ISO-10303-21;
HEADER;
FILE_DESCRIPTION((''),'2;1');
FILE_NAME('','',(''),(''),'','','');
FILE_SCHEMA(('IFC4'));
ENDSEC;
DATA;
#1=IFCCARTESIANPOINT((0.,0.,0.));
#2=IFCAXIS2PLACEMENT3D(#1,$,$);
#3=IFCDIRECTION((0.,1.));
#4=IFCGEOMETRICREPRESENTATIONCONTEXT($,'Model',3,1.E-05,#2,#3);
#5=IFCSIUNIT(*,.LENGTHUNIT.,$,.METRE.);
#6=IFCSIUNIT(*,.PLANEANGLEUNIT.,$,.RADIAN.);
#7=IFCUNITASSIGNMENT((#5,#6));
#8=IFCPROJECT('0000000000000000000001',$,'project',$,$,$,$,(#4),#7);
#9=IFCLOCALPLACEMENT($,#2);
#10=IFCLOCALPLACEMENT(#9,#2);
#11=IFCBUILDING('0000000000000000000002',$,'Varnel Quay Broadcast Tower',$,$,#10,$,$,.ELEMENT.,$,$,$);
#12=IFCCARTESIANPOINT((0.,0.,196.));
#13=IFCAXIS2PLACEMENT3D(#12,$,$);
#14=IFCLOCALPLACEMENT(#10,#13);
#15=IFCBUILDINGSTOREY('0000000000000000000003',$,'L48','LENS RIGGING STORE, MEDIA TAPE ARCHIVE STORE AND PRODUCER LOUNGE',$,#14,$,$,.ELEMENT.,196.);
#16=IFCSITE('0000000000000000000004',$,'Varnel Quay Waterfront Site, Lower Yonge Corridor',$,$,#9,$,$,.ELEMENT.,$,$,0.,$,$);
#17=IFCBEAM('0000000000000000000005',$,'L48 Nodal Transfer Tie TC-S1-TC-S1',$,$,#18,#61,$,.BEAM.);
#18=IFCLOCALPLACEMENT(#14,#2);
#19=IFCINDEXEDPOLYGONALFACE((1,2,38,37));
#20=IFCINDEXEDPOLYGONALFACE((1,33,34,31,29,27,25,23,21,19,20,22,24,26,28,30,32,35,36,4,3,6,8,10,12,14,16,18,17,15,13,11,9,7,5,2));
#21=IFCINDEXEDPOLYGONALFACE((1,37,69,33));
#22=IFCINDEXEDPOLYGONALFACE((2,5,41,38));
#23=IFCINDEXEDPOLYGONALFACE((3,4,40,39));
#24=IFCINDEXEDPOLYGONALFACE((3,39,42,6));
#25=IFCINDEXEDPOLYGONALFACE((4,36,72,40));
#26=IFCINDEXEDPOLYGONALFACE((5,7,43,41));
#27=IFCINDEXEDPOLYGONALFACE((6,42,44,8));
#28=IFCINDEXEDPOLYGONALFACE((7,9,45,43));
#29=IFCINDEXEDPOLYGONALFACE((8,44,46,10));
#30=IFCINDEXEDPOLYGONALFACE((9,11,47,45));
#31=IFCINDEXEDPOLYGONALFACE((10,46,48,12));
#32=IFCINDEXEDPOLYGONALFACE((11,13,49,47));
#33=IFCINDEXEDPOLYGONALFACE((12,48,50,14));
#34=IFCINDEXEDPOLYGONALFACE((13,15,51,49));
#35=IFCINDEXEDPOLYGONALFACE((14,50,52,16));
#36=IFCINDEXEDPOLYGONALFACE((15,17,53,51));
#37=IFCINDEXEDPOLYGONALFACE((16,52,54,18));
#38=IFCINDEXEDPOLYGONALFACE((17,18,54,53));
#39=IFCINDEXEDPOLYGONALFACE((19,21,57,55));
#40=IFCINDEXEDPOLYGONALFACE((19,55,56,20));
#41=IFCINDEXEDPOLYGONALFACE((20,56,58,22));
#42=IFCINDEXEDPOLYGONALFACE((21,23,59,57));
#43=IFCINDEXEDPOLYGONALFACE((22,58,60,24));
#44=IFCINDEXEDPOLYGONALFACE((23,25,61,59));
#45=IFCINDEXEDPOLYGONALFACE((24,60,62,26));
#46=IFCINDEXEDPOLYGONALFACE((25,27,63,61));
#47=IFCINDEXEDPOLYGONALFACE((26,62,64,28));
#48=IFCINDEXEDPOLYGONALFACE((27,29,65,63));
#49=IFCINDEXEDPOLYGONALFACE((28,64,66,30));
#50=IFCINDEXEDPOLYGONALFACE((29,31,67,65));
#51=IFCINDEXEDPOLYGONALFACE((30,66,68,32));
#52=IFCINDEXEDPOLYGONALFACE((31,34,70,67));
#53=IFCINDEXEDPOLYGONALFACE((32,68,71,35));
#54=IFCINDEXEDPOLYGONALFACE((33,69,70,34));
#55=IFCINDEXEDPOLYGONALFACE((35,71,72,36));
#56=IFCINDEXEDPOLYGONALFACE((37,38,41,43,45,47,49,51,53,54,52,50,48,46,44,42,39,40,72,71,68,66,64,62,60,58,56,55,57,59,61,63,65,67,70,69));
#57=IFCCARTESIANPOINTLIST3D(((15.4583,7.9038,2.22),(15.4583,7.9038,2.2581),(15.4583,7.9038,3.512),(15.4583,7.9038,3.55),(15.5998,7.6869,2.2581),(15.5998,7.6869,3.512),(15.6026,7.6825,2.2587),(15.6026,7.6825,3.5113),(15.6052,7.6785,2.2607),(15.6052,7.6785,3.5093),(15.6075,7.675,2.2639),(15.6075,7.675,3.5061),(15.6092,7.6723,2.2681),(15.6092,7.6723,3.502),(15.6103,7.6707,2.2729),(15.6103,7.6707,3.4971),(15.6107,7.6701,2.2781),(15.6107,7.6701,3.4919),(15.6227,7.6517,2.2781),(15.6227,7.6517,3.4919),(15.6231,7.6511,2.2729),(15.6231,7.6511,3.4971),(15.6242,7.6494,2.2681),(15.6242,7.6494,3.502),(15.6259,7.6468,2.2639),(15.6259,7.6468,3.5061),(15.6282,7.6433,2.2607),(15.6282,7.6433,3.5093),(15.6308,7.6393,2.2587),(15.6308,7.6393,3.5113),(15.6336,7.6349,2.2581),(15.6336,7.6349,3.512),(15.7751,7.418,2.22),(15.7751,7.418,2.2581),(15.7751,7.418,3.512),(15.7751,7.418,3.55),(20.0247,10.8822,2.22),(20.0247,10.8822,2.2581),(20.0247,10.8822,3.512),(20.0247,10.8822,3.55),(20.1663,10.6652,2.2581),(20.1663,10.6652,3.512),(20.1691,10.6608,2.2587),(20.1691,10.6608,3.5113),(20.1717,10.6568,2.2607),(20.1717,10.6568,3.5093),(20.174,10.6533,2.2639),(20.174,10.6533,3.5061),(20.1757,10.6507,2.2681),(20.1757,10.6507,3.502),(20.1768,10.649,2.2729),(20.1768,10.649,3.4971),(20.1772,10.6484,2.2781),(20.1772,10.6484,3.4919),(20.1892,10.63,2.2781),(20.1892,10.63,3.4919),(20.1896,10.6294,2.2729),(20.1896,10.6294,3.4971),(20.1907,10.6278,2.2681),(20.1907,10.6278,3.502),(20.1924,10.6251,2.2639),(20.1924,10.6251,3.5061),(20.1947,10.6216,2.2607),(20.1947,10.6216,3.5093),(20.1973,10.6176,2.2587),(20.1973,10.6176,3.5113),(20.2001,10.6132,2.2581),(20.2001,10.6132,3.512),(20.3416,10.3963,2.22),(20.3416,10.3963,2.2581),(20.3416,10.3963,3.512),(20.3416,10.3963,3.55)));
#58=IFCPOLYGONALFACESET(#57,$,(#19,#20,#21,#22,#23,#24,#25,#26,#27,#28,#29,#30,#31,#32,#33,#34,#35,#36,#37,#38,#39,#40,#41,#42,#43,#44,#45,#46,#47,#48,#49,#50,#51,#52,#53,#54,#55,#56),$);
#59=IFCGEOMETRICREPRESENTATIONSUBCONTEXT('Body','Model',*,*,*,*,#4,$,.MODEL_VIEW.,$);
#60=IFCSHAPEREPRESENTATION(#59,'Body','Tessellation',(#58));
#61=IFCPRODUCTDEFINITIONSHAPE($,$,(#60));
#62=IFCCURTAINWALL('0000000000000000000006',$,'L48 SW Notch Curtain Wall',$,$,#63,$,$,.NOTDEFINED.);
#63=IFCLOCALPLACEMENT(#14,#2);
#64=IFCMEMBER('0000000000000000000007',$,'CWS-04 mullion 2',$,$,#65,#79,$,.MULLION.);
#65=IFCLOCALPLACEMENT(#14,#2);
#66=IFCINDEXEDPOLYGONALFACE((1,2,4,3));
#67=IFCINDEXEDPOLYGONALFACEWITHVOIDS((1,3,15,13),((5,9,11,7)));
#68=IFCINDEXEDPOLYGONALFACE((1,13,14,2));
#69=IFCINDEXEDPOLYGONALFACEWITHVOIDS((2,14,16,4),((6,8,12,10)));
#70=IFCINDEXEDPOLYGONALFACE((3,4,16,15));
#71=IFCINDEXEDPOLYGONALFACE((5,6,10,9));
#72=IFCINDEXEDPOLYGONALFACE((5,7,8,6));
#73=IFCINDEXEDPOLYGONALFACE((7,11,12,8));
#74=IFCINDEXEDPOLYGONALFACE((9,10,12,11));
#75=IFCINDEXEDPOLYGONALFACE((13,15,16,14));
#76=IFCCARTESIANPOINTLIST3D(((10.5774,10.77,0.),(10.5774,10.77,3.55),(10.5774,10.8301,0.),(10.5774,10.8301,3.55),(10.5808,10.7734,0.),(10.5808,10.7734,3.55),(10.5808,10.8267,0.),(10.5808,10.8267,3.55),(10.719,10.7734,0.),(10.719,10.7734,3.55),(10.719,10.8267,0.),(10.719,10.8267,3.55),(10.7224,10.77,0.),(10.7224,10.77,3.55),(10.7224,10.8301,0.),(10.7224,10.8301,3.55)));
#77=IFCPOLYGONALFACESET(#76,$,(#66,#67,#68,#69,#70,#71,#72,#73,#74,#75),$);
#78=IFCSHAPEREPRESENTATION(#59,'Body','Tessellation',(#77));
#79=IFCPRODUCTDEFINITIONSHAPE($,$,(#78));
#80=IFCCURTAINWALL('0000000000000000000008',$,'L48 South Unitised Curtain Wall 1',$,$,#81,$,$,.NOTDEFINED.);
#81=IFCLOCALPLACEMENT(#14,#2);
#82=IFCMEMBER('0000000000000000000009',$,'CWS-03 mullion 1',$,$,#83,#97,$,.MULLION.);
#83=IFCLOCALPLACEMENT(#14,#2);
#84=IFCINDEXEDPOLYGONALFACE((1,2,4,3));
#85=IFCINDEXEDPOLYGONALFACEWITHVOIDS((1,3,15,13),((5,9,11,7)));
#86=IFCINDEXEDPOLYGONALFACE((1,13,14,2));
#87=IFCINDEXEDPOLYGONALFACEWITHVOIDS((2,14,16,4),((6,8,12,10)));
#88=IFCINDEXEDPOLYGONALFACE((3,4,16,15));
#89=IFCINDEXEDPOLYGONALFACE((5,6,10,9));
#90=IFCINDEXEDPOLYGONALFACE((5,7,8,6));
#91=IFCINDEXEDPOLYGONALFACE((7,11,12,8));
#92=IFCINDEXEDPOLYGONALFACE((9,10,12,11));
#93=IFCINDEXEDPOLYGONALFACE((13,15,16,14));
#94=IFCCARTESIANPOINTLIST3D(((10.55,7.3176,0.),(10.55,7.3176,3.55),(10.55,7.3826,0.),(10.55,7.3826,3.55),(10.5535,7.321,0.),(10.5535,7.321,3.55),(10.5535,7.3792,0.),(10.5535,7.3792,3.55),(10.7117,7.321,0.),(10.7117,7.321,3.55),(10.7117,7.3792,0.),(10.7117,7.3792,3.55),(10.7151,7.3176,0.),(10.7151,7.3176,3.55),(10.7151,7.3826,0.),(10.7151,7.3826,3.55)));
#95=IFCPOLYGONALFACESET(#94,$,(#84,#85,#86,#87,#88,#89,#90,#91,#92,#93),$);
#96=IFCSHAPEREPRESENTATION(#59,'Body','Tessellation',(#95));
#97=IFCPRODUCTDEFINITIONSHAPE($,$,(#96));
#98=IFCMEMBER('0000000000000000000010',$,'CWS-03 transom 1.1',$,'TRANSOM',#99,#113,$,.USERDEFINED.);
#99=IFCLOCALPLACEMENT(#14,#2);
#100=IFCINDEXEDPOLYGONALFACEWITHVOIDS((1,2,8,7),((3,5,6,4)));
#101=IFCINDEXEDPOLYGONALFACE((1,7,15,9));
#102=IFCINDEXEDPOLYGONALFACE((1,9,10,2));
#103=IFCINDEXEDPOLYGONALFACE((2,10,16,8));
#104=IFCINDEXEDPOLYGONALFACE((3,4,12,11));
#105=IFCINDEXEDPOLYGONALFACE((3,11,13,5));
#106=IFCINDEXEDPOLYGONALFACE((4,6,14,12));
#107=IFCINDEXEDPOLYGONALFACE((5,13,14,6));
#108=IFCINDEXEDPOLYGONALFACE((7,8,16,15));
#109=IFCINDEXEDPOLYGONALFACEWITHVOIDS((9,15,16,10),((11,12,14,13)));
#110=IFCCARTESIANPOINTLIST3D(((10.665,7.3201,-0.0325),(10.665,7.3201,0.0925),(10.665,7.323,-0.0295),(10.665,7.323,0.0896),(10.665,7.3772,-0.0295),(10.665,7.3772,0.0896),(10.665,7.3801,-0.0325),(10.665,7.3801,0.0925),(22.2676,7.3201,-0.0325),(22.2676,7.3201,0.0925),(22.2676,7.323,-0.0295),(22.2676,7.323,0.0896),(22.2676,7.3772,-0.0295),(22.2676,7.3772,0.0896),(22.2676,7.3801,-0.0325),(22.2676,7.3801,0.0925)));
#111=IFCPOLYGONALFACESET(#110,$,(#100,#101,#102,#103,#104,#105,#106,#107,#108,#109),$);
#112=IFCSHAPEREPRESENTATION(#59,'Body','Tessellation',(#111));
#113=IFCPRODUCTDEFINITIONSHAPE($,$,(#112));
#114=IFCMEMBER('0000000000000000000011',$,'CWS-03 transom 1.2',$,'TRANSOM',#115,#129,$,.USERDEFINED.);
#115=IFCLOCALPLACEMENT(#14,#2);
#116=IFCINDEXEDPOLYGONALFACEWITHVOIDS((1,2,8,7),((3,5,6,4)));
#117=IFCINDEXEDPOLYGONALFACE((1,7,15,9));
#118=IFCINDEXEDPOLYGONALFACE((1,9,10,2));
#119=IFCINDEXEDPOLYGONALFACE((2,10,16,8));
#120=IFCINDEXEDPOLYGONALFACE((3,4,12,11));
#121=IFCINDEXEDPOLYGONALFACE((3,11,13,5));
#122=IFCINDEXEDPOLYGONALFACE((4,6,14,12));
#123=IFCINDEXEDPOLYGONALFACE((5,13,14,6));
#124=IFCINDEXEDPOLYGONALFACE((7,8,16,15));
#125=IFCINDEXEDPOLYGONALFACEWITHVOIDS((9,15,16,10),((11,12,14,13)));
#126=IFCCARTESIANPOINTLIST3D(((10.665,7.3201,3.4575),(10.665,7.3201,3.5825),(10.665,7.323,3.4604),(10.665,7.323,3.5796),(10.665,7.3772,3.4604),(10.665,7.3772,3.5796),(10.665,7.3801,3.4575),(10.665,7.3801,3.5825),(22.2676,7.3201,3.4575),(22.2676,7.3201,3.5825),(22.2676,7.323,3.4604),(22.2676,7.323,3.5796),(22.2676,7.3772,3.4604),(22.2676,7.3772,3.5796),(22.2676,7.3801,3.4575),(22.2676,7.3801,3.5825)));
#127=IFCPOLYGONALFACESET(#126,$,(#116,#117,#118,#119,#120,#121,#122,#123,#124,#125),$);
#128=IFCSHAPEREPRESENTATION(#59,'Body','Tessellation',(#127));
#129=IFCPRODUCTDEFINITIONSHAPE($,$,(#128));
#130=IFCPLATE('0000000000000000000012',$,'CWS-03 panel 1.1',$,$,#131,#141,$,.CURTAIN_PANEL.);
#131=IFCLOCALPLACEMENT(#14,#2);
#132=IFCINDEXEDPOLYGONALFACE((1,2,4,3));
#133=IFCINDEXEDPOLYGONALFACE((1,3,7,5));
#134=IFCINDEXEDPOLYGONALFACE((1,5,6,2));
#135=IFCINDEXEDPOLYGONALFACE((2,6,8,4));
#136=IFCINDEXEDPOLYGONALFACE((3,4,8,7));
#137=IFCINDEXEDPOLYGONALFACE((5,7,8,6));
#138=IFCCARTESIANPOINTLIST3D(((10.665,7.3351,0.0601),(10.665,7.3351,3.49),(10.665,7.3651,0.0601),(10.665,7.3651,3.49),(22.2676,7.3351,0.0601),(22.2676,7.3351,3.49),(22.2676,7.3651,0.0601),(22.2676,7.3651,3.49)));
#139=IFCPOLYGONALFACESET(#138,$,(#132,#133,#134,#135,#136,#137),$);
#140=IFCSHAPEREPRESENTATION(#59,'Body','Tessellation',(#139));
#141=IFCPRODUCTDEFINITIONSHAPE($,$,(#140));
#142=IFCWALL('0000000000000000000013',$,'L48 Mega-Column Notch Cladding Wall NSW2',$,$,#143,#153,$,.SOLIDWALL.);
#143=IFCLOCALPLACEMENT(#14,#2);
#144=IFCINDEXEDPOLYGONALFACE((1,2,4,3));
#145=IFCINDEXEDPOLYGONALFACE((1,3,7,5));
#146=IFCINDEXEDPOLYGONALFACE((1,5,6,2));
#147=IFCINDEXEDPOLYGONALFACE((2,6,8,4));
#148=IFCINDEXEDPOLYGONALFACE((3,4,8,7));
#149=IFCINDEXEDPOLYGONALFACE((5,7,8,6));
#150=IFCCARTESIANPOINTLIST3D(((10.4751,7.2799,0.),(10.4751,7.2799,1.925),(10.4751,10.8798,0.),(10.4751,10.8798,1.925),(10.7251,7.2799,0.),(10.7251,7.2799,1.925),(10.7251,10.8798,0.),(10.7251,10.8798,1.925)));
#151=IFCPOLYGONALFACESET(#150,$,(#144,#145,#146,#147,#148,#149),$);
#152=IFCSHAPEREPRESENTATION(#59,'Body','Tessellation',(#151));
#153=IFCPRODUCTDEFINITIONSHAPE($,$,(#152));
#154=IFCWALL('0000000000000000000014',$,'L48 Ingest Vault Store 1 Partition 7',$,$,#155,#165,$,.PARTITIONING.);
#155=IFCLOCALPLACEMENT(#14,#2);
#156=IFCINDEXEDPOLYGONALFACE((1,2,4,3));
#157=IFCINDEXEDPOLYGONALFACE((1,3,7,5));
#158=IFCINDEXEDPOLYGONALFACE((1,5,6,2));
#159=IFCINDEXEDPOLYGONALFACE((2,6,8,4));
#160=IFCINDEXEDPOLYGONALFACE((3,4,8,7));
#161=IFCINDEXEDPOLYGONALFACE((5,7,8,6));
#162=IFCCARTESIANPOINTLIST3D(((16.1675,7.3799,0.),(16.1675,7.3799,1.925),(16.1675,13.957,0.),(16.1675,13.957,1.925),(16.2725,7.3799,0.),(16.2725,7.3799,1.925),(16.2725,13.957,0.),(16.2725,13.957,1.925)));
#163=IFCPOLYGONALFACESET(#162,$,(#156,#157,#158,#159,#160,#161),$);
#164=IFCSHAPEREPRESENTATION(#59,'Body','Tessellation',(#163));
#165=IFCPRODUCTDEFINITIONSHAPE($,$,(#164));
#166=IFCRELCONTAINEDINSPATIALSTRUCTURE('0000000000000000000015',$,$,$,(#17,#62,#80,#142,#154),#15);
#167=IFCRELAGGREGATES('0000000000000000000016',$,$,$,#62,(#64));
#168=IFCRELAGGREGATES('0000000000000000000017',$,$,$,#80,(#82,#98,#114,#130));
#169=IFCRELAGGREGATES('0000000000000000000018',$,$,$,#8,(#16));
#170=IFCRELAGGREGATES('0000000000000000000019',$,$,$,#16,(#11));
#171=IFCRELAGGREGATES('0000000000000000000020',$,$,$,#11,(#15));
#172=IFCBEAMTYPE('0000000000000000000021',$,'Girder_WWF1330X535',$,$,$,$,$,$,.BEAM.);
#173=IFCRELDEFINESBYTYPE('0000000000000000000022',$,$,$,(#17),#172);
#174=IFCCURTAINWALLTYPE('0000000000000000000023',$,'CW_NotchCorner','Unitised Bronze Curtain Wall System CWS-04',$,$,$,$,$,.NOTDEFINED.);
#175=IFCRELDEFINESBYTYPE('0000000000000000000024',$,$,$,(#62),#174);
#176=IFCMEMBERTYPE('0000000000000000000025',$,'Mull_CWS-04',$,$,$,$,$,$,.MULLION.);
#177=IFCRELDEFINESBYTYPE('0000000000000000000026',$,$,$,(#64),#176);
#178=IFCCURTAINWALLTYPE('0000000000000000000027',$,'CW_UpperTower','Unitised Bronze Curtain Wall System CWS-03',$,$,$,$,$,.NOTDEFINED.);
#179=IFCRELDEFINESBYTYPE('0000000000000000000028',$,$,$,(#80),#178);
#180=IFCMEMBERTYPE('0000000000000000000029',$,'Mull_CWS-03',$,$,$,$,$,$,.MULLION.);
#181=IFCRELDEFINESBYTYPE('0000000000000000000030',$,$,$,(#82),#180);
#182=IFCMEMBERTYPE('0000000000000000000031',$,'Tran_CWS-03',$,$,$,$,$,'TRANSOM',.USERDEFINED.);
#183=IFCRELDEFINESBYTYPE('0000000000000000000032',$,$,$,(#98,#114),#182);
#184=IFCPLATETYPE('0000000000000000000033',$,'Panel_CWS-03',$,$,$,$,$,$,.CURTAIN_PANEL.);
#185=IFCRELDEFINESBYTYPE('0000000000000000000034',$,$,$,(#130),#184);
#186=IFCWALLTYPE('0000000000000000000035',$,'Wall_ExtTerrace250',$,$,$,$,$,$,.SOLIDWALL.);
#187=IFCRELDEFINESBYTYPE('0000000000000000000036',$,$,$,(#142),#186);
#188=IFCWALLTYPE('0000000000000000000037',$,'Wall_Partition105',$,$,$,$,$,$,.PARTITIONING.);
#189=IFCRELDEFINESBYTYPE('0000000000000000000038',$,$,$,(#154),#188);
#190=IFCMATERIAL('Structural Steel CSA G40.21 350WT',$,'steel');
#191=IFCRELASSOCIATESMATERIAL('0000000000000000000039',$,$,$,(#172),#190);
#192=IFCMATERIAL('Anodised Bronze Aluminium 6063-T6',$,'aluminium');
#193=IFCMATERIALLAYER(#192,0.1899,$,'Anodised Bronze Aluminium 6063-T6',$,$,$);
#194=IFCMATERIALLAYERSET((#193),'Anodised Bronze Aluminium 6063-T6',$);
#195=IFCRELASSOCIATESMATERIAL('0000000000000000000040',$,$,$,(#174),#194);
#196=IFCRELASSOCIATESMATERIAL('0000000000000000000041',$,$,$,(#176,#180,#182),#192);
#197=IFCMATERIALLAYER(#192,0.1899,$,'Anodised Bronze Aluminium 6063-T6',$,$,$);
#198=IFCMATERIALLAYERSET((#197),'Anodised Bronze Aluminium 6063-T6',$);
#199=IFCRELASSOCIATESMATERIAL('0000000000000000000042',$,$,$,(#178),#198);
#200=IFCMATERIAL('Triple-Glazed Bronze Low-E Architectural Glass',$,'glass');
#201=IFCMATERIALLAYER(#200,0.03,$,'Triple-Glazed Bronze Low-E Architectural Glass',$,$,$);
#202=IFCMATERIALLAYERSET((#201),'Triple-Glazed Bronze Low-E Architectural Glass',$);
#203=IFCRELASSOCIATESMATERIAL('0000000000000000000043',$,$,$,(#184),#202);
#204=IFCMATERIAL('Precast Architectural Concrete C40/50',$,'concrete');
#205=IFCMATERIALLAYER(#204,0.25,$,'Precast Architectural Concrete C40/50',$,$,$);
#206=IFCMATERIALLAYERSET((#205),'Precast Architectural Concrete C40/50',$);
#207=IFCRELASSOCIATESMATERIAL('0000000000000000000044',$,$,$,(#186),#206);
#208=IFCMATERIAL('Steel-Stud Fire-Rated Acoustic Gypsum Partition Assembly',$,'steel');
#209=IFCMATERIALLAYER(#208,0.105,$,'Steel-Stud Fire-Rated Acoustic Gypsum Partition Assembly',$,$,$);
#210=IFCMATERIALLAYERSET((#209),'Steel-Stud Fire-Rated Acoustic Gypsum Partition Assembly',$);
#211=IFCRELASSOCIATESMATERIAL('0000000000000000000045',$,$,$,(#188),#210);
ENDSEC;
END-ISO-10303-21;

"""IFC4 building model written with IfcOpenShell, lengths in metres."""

from ifc_helpers import new_model, si_unit, direction, frame, frame_2d, origin, origin_2d, place, context, subcontext, project, spatial, rectangle, hollow_rectangle, i_section, extrude, source, transform, mapped, material, layer, layer_set, material_profile, profile_set, type_object, type_shapes, element, aggregate, save


model = new_model("IFC4")

# Units and contexts
model_context = context("Model", 3, precision=1e-05, world=origin(), true_north=direction((0.0, 1.0)))
body_context = subcontext(model_context, "Body", "Model", "MODEL_VIEW")
ifc_project = project(units=[si_unit("LENGTHUNIT", "METRE"), si_unit("PLANEANGLEUNIT", "RADIAN")], contexts=[model_context])

# Site, building, storey
site_placement = place(None, origin())
site = spatial("IfcSite", under=ifc_project, at=site_placement, Name="Varnel Quay Waterfront Site, Lower Yonge Corridor", CompositionType="ELEMENT", RefElevation=0.0)
building_placement = place(site_placement, origin())
building = spatial("IfcBuilding", under=site, at=building_placement, Name="Varnel Quay Broadcast Tower", CompositionType="ELEMENT")
storey_placement = place(building_placement, frame((0.0, 0.0, 196.0)))
storey = spatial("IfcBuildingStorey", under=building, at=storey_placement, Name="L48", Description="LENS RIGGING STORE, MEDIA TAPE ARCHIVE STORE AND PRODUCER LOUNGE", CompositionType="ELEMENT", Elevation=196.0)

# Shared definitions
ifc_material_1 = material(Name="Structural Steel CSA G40.21 350WT", Category="steel")

# Beam
ifc_material_profile_1 = material_profile(ifc_material_1, i_section(OverallWidth=0.5801, OverallDepth=1.3301, WebThickness=0.022, FlangeThickness=0.0381, FilletRadius=0.02, at=origin_2d()), Name="WWF1330X535")
ifc_profile_set_1 = profile_set([ifc_material_profile_1], Name="Structural Steel CSA G40.21 350WT")
beam_type_1 = type_object("IfcBeamType", Name="Girder_WWF1330X535", PredefinedType="BEAM", material=ifc_profile_set_1)
shared_shape_1 = source(origin(), body_context, "Body", "SweptSolid", [
    extrude(i_section(OverallWidth=0.5801, OverallDepth=1.3301, WebThickness=0.022, FlangeThickness=0.0381, FilletRadius=0.02, at=origin_2d()), origin(), (0.0, 0.0, 1.0), 5.4519),
])
beam_1_placement = place(storey_placement, frame((15.6167, 7.6609, 2.885), z_axis=(0.837595, 0.546291, 0.0), x_axis=(-0.546291, 0.837595, 0.0)))
element("IfcBeam", 1, at=beam_1_placement, inside=storey, type_object=beam_type_1, Name="L48 Nodal Transfer Tie TC-S1-TC-S1", PredefinedType="BEAM", context=body_context, shape_type="MappedRepresentation", body=[
    mapped(shared_shape_1, transform((0.0, 0.0, 0.0), x_axis=(1.0, 0.0, 0.0), y_axis=(0.0, 1.0, 0.0), z_axis=(0.0, 0.0, 1.0), scale=1.0)),
])

# Curtain wall, member
ifc_material_2 = material(Name="Anodised Bronze Aluminium 6063-T6", Category="aluminium")
ifc_layer_1 = layer(ifc_material_2, 0.1899, Name="Anodised Bronze Aluminium 6063-T6")
ifc_layer_set_1 = layer_set([ifc_layer_1], Name="Anodised Bronze Aluminium 6063-T6")
curtain_wall_type_1 = type_object("IfcCurtainWallType", Name="CW_NotchCorner", Description="Unitised Bronze Curtain Wall System CWS-04", PredefinedType="NOTDEFINED", material=ifc_layer_set_1)
curtain_wall_1_placement = place(storey_placement, origin())
curtain_wall_1 = element("IfcCurtainWall", 2, at=curtain_wall_1_placement, inside=storey, type_object=curtain_wall_type_1, Name="L48 SW Notch Curtain Wall", PredefinedType="NOTDEFINED")
ifc_material_profile_2 = material_profile(ifc_material_2, hollow_rectangle(XDim=0.0601, YDim=0.145, WallThickness=0.0034, at=origin_2d()), Name="ALU60X145X3.5")
ifc_profile_set_2 = profile_set([ifc_material_profile_2], Name="Anodised Bronze Aluminium 6063-T6")
member_type_1 = type_object("IfcMemberType", Name="Mull_CWS-04", PredefinedType="MULLION", material=ifc_profile_set_2)
shared_shape_2 = source(origin(), body_context, "Body", "SweptSolid", [
    extrude(hollow_rectangle(XDim=0.0601, YDim=0.145, WallThickness=0.0034, at=origin_2d()), origin(), (0.0, 0.0, 1.0), 3.55),
])
type_shapes(member_type_1, [shared_shape_2])
member_1_placement = place(storey_placement, frame((10.6499, 10.8, 0.0), z_axis=(0.0, 0.0, 1.0), x_axis=(0.0, 1.0, 0.0)))
member_1 = element("IfcMember", 3, at=member_1_placement, type_object=member_type_1, Name="CWS-04 mullion 2", PredefinedType="MULLION", context=body_context, shape_type="MappedRepresentation", body=[
    mapped(shared_shape_2, transform((0.0, 0.0, 0.0), x_axis=(1.0, 0.0, 0.0), y_axis=(0.0, 1.0, 0.0), z_axis=(0.0, 0.0, 1.0), scale=1.0)),
])
aggregate(curtain_wall_1, [member_1])

# Curtain wall, members, plate
ifc_layer_2 = layer(ifc_material_2, 0.1899, Name="Anodised Bronze Aluminium 6063-T6")
ifc_layer_set_2 = layer_set([ifc_layer_2], Name="Anodised Bronze Aluminium 6063-T6")
curtain_wall_type_2 = type_object("IfcCurtainWallType", Name="CW_UpperTower", Description="Unitised Bronze Curtain Wall System CWS-03", PredefinedType="NOTDEFINED", material=ifc_layer_set_2)
curtain_wall_2_placement = place(storey_placement, origin())
curtain_wall_2 = element("IfcCurtainWall", 4, at=curtain_wall_2_placement, inside=storey, type_object=curtain_wall_type_2, Name="L48 South Unitised Curtain Wall 1", PredefinedType="NOTDEFINED")
ifc_material_profile_3 = material_profile(ifc_material_2, hollow_rectangle(XDim=0.0649, YDim=0.165, WallThickness=0.0034, at=origin_2d()), Name="ALU65X165X3.5")
ifc_profile_set_3 = profile_set([ifc_material_profile_3], Name="Anodised Bronze Aluminium 6063-T6")
member_type_2 = type_object("IfcMemberType", Name="Mull_CWS-03", PredefinedType="MULLION", material=ifc_profile_set_3)
shared_shape_3 = source(origin(), body_context, "Body", "SweptSolid", [
    extrude(hollow_rectangle(XDim=0.0649, YDim=0.165, WallThickness=0.0034, at=origin_2d()), origin(), (0.0, 0.0, 1.0), 3.55),
])
type_shapes(member_type_2, [shared_shape_3])
member_2_placement = place(storey_placement, frame((10.6326, 7.3501, 0.0), z_axis=(0.0, 0.0, 1.0), x_axis=(0.0, 1.0, 0.0)))
member_2 = element("IfcMember", 5, at=member_2_placement, type_object=member_type_2, Name="CWS-03 mullion 1", PredefinedType="MULLION", context=body_context, shape_type="MappedRepresentation", body=[
    mapped(shared_shape_3, transform((0.0, 0.0, 0.0), x_axis=(1.0, 0.0, 0.0), y_axis=(0.0, 1.0, 0.0), z_axis=(0.0, 0.0, 1.0), scale=1.0)),
])
ifc_material_profile_4 = material_profile(ifc_material_2, hollow_rectangle(XDim=0.0601, YDim=0.125, WallThickness=0.0029, at=origin_2d()), Name="ALU60X125X3")
ifc_profile_set_4 = profile_set([ifc_material_profile_4], Name="Anodised Bronze Aluminium 6063-T6")
member_type_3 = type_object("IfcMemberType", Name="Tran_CWS-03", ElementType="TRANSOM", PredefinedType="USERDEFINED", material=ifc_profile_set_4)
shared_shape_4 = source(origin(), body_context, "Body", "SweptSolid", [
    extrude(hollow_rectangle(XDim=0.0601, YDim=0.125, WallThickness=0.0029, at=origin_2d()), origin(), (0.0, 0.0, 1.0), 11.6025),
])
type_shapes(member_type_3, [shared_shape_4])
member_3_placement = place(storey_placement, frame((10.665, 7.3501, 0.03), z_axis=(1.0, 0.0, 0.0), x_axis=(0.0, 1.0, 0.0)))
member_3 = element("IfcMember", 6, at=member_3_placement, type_object=member_type_3, Name="CWS-03 transom 1.1", ObjectType="TRANSOM", PredefinedType="USERDEFINED", context=body_context, shape_type="MappedRepresentation", body=[
    mapped(shared_shape_4, transform((0.0, 0.0, 0.0), x_axis=(1.0, 0.0, 0.0), y_axis=(0.0, 1.0, 0.0), z_axis=(0.0, 0.0, 1.0), scale=1.0)),
])
member_4_placement = place(storey_placement, frame((10.665, 7.3501, 3.52), z_axis=(1.0, 0.0, 0.0), x_axis=(0.0, 1.0, 0.0)))
member_4 = element("IfcMember", 7, at=member_4_placement, type_object=member_type_3, Name="CWS-03 transom 1.2", ObjectType="TRANSOM", PredefinedType="USERDEFINED", context=body_context, shape_type="MappedRepresentation", body=[
    mapped(shared_shape_4, transform((0.0, 0.0, 0.0), x_axis=(1.0, 0.0, 0.0), y_axis=(0.0, 1.0, 0.0), z_axis=(0.0, 0.0, 1.0), scale=1.0)),
])
ifc_material_3 = material(Name="Triple-Glazed Bronze Low-E Architectural Glass", Category="glass")
ifc_layer_3 = layer(ifc_material_3, 0.03, Name="Triple-Glazed Bronze Low-E Architectural Glass")
ifc_layer_set_3 = layer_set([ifc_layer_3], Name="Triple-Glazed Bronze Low-E Architectural Glass")
plate_type = type_object("IfcPlateType", Name="Panel_CWS-03", PredefinedType="CURTAIN_PANEL", material=ifc_layer_set_3)
shared_shape_5 = source(origin(), body_context, "Body", "SweptSolid", [
    extrude(rectangle(XDim=11.6025, YDim=0.03, at=origin_2d()), origin(), (0.0, 0.0, 1.0), 3.4299),
])
type_shapes(plate_type, [shared_shape_5])
plate_placement = place(storey_placement, frame((16.4663, 7.3501, 0.0601), z_axis=(0.0, 0.0, 1.0), x_axis=(1.0, 0.0, 0.0)))
plate = element("IfcPlate", 8, at=plate_placement, type_object=plate_type, Name="CWS-03 panel 1.1", PredefinedType="CURTAIN_PANEL", context=body_context, shape_type="MappedRepresentation", body=[
    mapped(shared_shape_5, transform((0.0, 0.0, 0.0), x_axis=(1.0, 0.0, 0.0), y_axis=(0.0, 1.0, 0.0), z_axis=(0.0, 0.0, 1.0), scale=1.0)),
])
aggregate(curtain_wall_2, [member_2, member_3, member_4, plate])

# Walls
ifc_material_4 = material(Name="Precast Architectural Concrete C40/50", Category="concrete")
ifc_layer_4 = layer(ifc_material_4, 0.25, Name="Precast Architectural Concrete C40/50")
ifc_layer_set_4 = layer_set([ifc_layer_4], Name="Precast Architectural Concrete C40/50")
wall_type_1 = type_object("IfcWallType", Name="Wall_ExtTerrace250", PredefinedType="SOLIDWALL", material=ifc_layer_set_4)
wall_1_placement = place(storey_placement, frame((10.6001, 7.28, 0.0), z_axis=(0.0, 0.0, 1.0), x_axis=(0.0, 1.0, 0.0)))
element("IfcWall", 9, at=wall_1_placement, inside=storey, type_object=wall_type_1, Name="L48 Mega-Column Notch Cladding Wall NSW2", PredefinedType="SOLIDWALL", context=body_context, shape_type="SweptSolid", body=[
    extrude(rectangle(XDim=3.5999, YDim=0.25, at=frame_2d((1.7998, 0.0))), origin(), (0.0, 0.0, 1.0), 1.925),
])
ifc_material_5 = material(Name="Steel-Stud Fire-Rated Acoustic Gypsum Partition Assembly", Category="steel")
ifc_layer_5 = layer(ifc_material_5, 0.105, Name="Steel-Stud Fire-Rated Acoustic Gypsum Partition Assembly")
ifc_layer_set_5 = layer_set([ifc_layer_5], Name="Steel-Stud Fire-Rated Acoustic Gypsum Partition Assembly")
wall_type_2 = type_object("IfcWallType", Name="Wall_Partition105", PredefinedType="PARTITIONING", material=ifc_layer_set_5)
wall_2_placement = place(storey_placement, frame((16.22, 7.3799, 0.0), z_axis=(0.0, 0.0, 1.0), x_axis=(0.0, 1.0, 0.0)))
element("IfcWall", 10, at=wall_2_placement, inside=storey, type_object=wall_type_2, Name="L48 Ingest Vault Store 1 Partition 7", PredefinedType="PARTITIONING", context=body_context, shape_type="SweptSolid", body=[
    extrude(rectangle(XDim=6.5771, YDim=0.105, at=frame_2d((3.2886, 0.0))), origin(), (0.0, 0.0, 1.0), 1.925),
])

save(model, "model.ifc")
